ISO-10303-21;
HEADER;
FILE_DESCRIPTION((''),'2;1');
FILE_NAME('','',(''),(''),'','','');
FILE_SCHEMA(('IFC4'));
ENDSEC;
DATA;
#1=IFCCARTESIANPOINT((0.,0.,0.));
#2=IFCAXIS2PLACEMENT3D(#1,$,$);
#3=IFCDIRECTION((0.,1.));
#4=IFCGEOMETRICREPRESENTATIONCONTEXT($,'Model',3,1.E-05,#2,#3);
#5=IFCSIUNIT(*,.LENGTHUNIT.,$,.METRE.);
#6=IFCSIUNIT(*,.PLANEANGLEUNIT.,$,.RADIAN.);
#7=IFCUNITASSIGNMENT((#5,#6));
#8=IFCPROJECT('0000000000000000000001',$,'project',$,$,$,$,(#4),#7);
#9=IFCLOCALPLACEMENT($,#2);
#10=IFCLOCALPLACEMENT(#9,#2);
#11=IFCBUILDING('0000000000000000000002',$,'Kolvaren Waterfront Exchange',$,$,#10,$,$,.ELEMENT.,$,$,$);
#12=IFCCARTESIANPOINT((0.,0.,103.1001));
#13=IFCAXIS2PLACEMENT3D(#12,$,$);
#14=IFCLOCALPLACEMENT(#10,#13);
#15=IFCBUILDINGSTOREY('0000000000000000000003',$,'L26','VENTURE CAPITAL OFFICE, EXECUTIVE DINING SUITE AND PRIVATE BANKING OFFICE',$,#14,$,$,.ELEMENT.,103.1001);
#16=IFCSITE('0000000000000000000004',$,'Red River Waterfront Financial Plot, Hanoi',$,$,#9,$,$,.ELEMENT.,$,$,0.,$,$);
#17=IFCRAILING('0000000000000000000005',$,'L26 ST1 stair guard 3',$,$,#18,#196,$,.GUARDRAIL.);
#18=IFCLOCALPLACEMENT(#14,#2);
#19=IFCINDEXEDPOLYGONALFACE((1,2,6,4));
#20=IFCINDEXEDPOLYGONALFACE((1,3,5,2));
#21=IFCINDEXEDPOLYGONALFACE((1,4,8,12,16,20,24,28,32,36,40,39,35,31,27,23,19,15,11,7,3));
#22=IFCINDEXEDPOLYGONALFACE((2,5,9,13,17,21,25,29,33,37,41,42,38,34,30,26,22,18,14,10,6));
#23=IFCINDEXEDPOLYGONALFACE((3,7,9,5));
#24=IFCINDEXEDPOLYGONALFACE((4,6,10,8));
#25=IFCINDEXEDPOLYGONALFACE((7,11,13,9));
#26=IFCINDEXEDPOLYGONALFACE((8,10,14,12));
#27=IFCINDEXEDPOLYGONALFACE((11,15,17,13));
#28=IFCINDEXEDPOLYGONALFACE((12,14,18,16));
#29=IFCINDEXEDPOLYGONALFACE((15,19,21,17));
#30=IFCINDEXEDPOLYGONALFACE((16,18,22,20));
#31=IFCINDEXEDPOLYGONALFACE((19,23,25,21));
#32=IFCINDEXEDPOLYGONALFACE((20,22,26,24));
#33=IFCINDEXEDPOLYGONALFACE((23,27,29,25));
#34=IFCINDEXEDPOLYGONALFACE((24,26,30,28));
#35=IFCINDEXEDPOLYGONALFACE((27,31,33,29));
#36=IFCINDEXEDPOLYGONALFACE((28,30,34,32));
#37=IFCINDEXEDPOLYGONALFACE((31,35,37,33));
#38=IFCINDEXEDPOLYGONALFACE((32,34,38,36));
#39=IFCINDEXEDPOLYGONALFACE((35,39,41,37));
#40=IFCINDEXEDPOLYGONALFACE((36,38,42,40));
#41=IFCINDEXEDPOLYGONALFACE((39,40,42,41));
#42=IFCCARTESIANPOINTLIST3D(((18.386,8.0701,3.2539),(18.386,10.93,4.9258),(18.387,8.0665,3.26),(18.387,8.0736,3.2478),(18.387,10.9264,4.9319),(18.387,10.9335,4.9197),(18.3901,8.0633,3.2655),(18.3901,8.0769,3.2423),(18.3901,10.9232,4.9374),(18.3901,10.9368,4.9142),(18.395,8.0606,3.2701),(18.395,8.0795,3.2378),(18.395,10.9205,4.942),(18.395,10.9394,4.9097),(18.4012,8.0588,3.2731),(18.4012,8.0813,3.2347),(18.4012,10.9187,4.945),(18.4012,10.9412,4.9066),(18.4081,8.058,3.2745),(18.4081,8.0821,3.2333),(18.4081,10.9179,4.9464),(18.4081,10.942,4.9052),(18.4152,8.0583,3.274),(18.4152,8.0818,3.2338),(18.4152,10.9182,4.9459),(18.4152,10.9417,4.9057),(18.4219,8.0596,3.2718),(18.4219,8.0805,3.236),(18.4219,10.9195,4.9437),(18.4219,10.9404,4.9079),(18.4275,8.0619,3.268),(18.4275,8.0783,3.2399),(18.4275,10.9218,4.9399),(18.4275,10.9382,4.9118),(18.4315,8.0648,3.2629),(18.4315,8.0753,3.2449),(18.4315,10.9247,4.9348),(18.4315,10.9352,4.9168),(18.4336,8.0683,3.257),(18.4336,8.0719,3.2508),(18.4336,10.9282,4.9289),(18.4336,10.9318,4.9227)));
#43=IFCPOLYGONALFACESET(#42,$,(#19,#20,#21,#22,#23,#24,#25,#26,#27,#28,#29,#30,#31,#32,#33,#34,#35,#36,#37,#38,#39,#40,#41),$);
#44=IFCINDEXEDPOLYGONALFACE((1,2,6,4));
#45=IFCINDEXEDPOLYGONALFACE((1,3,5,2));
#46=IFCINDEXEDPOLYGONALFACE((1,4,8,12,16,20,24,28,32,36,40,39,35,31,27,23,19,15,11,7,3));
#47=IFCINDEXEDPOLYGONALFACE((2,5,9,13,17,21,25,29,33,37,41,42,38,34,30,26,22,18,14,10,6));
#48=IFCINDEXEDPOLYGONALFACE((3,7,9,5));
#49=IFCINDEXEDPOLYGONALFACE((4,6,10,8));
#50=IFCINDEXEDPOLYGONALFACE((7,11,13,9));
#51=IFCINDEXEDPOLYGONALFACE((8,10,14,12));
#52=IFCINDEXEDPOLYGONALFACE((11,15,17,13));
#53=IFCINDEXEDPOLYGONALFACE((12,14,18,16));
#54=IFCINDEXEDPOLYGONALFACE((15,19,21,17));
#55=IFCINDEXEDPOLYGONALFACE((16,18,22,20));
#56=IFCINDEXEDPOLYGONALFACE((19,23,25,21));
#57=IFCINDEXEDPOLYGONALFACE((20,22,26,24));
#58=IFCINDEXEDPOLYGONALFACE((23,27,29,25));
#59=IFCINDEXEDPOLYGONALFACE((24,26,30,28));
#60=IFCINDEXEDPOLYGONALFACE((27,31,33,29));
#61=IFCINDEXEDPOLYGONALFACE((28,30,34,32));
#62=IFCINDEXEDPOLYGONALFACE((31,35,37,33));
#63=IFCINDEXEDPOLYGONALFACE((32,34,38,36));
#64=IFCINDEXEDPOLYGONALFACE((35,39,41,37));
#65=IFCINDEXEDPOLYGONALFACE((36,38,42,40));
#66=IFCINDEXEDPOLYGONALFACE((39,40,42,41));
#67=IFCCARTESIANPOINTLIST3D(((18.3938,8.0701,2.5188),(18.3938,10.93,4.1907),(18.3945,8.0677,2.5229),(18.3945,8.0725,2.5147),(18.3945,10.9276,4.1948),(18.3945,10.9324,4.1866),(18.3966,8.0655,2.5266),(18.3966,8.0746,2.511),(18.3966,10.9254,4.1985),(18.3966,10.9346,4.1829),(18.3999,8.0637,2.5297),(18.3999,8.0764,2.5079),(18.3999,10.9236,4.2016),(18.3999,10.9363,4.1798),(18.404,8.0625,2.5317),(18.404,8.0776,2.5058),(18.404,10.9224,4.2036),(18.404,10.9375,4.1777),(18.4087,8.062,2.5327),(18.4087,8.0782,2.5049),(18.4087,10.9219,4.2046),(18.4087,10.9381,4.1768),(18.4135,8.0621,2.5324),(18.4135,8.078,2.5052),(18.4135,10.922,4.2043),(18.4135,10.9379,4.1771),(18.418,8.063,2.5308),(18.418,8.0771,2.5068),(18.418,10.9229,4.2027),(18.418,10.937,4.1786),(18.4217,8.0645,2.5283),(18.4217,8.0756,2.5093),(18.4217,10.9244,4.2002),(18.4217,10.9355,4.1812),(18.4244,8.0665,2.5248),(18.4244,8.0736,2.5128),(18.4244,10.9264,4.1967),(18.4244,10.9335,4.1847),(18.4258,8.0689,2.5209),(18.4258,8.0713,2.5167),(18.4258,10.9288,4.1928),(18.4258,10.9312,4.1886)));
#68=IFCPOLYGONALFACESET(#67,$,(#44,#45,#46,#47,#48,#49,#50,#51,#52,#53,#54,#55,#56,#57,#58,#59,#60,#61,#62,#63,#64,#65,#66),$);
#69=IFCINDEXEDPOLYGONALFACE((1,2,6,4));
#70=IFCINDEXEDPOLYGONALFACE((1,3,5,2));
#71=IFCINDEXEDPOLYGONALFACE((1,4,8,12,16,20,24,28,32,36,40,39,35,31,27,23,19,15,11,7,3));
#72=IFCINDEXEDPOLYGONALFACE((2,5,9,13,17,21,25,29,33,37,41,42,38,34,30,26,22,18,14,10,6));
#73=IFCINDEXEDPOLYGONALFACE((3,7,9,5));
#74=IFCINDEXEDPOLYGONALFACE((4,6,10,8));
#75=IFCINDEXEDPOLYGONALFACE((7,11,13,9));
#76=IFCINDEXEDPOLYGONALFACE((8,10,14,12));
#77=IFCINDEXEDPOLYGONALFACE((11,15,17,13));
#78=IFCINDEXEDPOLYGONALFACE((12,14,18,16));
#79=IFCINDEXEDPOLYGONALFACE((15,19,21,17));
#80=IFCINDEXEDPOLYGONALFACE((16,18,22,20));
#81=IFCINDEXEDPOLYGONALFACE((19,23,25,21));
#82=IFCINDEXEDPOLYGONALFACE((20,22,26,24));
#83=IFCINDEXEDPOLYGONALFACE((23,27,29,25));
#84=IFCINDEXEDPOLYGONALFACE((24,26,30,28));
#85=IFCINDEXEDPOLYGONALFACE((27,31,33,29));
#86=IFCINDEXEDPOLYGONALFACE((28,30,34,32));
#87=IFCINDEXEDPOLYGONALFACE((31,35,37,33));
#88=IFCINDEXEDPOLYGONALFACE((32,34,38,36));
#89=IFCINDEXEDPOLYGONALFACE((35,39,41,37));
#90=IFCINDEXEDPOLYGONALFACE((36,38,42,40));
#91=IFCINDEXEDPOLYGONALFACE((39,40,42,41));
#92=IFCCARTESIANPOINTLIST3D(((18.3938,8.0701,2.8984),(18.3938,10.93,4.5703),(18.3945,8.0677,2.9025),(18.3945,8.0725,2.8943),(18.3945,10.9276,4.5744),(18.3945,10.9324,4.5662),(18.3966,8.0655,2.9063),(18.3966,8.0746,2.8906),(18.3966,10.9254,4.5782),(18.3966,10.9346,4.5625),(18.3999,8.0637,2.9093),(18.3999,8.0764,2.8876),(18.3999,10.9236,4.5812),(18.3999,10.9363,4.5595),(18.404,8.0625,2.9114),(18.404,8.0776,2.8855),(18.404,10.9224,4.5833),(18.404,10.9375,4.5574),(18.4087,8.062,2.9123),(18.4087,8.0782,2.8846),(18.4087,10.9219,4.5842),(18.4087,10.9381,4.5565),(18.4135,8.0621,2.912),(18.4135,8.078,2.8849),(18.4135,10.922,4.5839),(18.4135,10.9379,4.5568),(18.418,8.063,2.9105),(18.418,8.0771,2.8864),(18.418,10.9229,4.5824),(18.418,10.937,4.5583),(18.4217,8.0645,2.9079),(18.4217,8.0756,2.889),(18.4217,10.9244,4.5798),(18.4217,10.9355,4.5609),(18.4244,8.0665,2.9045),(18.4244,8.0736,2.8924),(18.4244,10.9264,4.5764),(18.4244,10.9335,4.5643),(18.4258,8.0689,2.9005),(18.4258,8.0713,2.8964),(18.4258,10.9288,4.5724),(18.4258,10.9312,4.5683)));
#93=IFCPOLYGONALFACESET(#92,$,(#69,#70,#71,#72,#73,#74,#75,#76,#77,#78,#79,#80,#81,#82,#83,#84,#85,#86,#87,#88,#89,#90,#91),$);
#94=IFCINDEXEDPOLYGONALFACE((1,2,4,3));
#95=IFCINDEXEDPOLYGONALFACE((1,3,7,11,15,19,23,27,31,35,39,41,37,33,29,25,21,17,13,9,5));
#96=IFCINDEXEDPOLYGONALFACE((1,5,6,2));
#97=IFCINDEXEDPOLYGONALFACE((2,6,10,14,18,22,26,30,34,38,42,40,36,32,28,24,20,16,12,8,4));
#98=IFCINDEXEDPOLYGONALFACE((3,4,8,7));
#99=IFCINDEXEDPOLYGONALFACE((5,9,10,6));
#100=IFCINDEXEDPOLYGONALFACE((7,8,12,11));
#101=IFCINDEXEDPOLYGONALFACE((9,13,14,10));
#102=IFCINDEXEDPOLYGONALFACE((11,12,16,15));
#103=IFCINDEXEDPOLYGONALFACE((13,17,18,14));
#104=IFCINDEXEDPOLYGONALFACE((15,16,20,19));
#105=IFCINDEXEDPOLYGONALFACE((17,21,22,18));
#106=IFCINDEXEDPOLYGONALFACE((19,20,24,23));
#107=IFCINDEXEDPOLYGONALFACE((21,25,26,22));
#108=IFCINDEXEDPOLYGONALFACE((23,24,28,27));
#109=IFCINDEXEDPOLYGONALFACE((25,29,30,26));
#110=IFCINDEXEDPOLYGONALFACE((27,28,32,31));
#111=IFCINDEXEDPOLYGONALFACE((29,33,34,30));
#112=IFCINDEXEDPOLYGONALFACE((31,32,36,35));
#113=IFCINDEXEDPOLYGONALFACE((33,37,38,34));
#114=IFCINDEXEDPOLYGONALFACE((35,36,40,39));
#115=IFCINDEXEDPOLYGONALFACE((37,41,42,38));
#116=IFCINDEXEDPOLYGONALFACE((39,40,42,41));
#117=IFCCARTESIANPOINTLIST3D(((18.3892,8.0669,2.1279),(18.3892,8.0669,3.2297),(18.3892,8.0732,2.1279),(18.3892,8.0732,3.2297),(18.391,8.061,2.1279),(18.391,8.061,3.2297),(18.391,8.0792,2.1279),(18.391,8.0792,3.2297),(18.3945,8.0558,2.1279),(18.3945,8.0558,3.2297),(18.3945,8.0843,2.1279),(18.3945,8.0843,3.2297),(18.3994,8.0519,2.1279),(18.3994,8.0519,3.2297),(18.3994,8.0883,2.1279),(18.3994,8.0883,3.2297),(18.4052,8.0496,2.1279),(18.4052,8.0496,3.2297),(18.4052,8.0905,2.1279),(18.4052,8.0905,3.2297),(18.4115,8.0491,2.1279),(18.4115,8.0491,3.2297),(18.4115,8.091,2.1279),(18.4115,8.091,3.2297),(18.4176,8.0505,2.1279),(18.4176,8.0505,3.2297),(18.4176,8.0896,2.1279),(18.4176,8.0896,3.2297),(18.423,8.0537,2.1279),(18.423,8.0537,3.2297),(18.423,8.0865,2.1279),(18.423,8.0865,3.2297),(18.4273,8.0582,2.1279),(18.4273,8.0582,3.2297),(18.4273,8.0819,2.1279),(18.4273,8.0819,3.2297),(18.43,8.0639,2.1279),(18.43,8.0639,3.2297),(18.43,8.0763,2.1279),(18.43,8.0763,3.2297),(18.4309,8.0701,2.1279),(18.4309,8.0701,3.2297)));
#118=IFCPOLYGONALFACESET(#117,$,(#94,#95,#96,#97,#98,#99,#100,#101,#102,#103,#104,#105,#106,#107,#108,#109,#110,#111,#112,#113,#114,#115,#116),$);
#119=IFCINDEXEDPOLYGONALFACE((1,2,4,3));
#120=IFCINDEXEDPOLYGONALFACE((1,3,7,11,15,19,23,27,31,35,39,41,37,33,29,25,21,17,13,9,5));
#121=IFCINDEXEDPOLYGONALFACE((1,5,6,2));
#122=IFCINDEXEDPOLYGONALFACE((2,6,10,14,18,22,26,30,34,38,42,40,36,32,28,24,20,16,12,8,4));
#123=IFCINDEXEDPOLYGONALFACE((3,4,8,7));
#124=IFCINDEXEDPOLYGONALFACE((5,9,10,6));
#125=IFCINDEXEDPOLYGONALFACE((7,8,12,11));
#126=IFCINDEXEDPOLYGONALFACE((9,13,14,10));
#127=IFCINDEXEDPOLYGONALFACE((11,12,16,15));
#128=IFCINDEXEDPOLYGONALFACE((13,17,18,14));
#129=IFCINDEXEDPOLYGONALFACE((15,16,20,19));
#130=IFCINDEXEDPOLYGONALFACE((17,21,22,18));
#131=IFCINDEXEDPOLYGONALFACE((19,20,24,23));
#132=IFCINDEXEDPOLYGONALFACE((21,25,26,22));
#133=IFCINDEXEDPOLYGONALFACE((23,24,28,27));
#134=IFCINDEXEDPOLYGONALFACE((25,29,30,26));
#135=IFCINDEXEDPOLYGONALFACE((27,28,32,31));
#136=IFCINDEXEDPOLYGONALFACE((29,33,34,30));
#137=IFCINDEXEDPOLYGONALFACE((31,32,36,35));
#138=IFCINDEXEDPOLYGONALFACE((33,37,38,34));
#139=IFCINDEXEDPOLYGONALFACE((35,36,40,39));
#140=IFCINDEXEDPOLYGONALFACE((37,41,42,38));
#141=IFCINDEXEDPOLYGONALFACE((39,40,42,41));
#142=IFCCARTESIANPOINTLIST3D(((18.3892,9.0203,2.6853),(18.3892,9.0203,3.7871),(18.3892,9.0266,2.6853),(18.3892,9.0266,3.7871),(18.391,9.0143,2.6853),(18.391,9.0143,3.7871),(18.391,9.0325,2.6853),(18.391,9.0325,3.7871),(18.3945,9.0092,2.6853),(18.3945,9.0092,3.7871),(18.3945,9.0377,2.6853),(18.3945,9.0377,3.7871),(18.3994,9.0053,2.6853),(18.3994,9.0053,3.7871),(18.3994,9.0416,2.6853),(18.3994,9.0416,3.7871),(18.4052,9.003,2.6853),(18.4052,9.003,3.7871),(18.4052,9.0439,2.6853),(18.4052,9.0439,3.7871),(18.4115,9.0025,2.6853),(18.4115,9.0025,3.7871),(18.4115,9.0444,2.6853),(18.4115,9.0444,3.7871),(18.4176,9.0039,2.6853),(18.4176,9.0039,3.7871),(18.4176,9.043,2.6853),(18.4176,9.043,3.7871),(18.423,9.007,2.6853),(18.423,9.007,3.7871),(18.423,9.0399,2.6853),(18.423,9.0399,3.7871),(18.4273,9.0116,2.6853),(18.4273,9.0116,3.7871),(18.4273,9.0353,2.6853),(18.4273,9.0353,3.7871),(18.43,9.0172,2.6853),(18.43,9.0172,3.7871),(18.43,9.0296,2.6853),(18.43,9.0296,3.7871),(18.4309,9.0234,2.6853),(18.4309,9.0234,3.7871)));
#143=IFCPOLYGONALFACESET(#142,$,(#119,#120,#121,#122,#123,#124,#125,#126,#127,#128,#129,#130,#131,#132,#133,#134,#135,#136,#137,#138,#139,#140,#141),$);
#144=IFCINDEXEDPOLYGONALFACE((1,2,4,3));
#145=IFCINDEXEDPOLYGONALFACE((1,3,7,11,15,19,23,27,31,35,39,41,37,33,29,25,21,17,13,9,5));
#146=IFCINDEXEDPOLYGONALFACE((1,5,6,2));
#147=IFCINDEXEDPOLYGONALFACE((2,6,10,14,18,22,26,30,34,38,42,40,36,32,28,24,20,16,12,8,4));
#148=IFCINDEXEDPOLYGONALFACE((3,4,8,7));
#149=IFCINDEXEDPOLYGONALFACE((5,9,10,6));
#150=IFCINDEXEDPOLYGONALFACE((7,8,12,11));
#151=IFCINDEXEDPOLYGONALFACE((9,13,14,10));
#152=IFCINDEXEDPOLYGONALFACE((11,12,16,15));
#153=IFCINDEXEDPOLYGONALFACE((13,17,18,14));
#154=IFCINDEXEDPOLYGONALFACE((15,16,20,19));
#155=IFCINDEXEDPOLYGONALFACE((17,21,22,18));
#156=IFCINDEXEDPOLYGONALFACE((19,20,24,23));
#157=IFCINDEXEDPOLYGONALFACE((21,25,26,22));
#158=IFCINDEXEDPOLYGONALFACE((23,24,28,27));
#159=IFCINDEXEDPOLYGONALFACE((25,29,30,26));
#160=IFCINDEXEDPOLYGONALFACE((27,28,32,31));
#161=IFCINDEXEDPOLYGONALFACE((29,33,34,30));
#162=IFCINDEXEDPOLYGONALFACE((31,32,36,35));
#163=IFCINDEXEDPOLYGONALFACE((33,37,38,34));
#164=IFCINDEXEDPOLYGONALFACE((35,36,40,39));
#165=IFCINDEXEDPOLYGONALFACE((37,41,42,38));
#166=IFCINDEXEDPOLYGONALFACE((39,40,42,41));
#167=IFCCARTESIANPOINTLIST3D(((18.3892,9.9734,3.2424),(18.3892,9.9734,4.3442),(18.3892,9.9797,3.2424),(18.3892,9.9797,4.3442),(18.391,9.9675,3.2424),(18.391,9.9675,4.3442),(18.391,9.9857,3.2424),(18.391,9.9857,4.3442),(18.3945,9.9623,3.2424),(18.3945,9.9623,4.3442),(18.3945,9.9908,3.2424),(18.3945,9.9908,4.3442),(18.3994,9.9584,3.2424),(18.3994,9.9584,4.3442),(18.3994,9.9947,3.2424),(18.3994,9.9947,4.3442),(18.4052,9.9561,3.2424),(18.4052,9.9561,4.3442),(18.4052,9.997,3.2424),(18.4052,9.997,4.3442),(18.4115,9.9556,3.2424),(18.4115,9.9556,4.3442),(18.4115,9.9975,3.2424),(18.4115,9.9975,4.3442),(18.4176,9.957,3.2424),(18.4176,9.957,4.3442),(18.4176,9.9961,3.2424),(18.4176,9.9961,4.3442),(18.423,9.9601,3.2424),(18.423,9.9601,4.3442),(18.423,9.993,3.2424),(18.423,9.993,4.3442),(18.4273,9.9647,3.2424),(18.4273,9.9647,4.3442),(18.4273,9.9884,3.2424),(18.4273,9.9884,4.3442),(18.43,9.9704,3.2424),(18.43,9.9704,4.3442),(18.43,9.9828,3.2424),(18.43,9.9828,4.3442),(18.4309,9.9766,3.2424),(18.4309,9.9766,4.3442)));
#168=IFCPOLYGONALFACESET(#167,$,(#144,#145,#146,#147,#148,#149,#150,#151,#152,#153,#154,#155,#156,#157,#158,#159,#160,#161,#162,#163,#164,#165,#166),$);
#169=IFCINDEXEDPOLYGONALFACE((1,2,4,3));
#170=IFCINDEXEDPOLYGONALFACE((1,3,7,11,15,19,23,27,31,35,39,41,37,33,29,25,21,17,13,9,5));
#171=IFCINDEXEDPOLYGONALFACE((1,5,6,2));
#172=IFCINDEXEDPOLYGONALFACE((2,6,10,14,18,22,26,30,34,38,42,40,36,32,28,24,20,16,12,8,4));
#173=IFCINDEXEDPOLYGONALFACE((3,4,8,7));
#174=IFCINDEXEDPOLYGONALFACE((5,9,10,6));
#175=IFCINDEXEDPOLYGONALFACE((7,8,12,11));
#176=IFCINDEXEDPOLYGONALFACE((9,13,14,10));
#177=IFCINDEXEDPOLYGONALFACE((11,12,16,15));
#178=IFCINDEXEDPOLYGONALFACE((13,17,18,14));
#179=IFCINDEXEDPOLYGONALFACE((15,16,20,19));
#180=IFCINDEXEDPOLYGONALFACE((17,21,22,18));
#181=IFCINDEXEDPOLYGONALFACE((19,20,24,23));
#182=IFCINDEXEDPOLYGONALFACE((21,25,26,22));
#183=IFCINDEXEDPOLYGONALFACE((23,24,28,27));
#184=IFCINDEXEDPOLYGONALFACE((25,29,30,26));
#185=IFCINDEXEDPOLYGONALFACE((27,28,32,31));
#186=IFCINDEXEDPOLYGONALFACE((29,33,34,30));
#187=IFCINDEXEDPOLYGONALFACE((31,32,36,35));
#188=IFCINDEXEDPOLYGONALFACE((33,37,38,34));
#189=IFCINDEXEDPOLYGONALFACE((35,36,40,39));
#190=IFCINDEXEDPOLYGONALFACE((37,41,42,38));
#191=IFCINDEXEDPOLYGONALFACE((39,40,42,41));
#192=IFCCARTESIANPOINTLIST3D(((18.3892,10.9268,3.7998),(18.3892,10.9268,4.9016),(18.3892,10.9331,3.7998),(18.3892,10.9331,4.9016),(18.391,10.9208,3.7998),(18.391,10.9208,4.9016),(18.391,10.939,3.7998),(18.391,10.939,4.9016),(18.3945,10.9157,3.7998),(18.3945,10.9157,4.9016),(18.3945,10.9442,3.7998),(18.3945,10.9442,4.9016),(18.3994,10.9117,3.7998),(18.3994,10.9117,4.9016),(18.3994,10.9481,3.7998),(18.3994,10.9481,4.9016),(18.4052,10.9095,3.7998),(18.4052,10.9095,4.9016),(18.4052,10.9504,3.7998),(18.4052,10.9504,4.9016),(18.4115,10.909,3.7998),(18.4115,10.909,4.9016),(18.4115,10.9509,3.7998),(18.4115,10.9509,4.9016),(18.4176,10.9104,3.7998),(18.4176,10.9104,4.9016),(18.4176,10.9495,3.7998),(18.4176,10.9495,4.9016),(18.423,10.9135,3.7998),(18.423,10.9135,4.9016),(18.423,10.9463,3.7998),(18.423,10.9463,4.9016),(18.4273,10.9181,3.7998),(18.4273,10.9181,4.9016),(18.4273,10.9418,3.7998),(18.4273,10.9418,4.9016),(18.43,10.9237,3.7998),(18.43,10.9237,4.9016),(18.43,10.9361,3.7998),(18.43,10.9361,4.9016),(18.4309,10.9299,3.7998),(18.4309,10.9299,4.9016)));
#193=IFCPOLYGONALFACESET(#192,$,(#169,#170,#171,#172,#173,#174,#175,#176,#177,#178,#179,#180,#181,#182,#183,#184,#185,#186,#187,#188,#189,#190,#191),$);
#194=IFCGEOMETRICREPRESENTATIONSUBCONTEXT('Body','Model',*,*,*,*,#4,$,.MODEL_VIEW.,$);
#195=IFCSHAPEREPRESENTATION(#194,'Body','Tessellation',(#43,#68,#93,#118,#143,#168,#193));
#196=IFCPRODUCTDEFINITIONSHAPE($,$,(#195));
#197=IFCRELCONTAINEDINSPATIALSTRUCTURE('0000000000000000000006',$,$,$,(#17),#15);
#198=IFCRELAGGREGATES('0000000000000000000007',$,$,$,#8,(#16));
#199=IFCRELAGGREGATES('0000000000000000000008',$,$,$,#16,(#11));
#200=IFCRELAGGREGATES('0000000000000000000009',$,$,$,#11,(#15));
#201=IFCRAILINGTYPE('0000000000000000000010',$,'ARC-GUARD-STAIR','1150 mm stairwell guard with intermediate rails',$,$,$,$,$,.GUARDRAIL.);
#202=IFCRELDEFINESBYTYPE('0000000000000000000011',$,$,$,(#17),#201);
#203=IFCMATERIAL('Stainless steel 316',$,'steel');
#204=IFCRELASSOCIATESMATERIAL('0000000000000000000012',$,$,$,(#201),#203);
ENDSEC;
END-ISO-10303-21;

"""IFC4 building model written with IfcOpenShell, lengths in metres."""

from ifc_helpers import new_model, si_unit, direction, frame, origin, origin_2d, place, context, subcontext, project, spatial, circle, extrude, material, type_object, element, save


model = new_model("IFC4")

# Units and contexts
model_context = context("Model", 3, precision=1e-05, world=origin(), true_north=direction((0.0, 1.0)))
body_context = subcontext(model_context, "Body", "Model", "MODEL_VIEW")
ifc_project = project(units=[si_unit("LENGTHUNIT", "METRE"), si_unit("PLANEANGLEUNIT", "RADIAN")], contexts=[model_context])

# Site, building, storey
site_placement = place(None, origin())
site = spatial("IfcSite", under=ifc_project, at=site_placement, Name="Red River Waterfront Financial Plot, Hanoi", CompositionType="ELEMENT", RefElevation=0.0)
building_placement = place(site_placement, origin())
building = spatial("IfcBuilding", under=site, at=building_placement, Name="Kolvaren Waterfront Exchange", CompositionType="ELEMENT")
storey_placement = place(building_placement, frame((0.0, 0.0, 103.1001)))
storey = spatial("IfcBuildingStorey", under=building, at=storey_placement, Name="L26", Description="VENTURE CAPITAL OFFICE, EXECUTIVE DINING SUITE AND PRIVATE BANKING OFFICE", CompositionType="ELEMENT", Elevation=103.1001)

# Railing
ifc_material_1 = material(Name="Stainless steel 316", Category="steel")
railing_type_1 = type_object("IfcRailingType", Name="ARC-GUARD-STAIR", Description="1150 mm stairwell guard with intermediate rails", PredefinedType="GUARDRAIL", material=ifc_material_1)
railing_1_placement = place(storey_placement, frame((18.4099, 8.0701, 2.1279)))
element("IfcRailing", 1, at=railing_1_placement, inside=storey, type_object=railing_type_1, Name="L26 ST1 stair guard 3", PredefinedType="GUARDRAIL", context=body_context, shape_type="SweptSolid", body=[
    extrude(circle(Radius=0.0239, at=origin_2d()), frame((0.0, 0.0, 1.126), z_axis=(0.0, 0.863303, 0.504686), x_axis=(-1.0, 0.0, 0.0)), (0.0, 0.0, 1.0), 3.3127),
    extrude(circle(Radius=0.0161, at=origin_2d()), frame((0.0, 0.0, 0.3909), z_axis=(0.0, 0.863303, 0.504686), x_axis=(-1.0, 0.0, 0.0)), (0.0, 0.0, 1.0), 3.3127),
    extrude(circle(Radius=0.0161, at=origin_2d()), frame((0.0, 0.0, 0.7705), z_axis=(0.0, 0.863303, 0.504686), x_axis=(-1.0, 0.0, 0.0)), (0.0, 0.0, 1.0), 3.3127),
    extrude(circle(Radius=0.021, at=origin_2d()), origin(), (0.0, 0.0, 1.0), 1.1018),
    extrude(circle(Radius=0.021, at=origin_2d()), frame((0.0, 0.9534, 0.5574)), (0.0, 0.0, 1.0), 1.1018),
    extrude(circle(Radius=0.021, at=origin_2d()), frame((0.0, 1.9065, 1.1145)), (0.0, 0.0, 1.0), 1.1018),
    extrude(circle(Radius=0.021, at=origin_2d()), frame((0.0, 2.8599, 1.6719)), (0.0, 0.0, 1.0), 1.1018),
])

save(model, "model.ifc")
